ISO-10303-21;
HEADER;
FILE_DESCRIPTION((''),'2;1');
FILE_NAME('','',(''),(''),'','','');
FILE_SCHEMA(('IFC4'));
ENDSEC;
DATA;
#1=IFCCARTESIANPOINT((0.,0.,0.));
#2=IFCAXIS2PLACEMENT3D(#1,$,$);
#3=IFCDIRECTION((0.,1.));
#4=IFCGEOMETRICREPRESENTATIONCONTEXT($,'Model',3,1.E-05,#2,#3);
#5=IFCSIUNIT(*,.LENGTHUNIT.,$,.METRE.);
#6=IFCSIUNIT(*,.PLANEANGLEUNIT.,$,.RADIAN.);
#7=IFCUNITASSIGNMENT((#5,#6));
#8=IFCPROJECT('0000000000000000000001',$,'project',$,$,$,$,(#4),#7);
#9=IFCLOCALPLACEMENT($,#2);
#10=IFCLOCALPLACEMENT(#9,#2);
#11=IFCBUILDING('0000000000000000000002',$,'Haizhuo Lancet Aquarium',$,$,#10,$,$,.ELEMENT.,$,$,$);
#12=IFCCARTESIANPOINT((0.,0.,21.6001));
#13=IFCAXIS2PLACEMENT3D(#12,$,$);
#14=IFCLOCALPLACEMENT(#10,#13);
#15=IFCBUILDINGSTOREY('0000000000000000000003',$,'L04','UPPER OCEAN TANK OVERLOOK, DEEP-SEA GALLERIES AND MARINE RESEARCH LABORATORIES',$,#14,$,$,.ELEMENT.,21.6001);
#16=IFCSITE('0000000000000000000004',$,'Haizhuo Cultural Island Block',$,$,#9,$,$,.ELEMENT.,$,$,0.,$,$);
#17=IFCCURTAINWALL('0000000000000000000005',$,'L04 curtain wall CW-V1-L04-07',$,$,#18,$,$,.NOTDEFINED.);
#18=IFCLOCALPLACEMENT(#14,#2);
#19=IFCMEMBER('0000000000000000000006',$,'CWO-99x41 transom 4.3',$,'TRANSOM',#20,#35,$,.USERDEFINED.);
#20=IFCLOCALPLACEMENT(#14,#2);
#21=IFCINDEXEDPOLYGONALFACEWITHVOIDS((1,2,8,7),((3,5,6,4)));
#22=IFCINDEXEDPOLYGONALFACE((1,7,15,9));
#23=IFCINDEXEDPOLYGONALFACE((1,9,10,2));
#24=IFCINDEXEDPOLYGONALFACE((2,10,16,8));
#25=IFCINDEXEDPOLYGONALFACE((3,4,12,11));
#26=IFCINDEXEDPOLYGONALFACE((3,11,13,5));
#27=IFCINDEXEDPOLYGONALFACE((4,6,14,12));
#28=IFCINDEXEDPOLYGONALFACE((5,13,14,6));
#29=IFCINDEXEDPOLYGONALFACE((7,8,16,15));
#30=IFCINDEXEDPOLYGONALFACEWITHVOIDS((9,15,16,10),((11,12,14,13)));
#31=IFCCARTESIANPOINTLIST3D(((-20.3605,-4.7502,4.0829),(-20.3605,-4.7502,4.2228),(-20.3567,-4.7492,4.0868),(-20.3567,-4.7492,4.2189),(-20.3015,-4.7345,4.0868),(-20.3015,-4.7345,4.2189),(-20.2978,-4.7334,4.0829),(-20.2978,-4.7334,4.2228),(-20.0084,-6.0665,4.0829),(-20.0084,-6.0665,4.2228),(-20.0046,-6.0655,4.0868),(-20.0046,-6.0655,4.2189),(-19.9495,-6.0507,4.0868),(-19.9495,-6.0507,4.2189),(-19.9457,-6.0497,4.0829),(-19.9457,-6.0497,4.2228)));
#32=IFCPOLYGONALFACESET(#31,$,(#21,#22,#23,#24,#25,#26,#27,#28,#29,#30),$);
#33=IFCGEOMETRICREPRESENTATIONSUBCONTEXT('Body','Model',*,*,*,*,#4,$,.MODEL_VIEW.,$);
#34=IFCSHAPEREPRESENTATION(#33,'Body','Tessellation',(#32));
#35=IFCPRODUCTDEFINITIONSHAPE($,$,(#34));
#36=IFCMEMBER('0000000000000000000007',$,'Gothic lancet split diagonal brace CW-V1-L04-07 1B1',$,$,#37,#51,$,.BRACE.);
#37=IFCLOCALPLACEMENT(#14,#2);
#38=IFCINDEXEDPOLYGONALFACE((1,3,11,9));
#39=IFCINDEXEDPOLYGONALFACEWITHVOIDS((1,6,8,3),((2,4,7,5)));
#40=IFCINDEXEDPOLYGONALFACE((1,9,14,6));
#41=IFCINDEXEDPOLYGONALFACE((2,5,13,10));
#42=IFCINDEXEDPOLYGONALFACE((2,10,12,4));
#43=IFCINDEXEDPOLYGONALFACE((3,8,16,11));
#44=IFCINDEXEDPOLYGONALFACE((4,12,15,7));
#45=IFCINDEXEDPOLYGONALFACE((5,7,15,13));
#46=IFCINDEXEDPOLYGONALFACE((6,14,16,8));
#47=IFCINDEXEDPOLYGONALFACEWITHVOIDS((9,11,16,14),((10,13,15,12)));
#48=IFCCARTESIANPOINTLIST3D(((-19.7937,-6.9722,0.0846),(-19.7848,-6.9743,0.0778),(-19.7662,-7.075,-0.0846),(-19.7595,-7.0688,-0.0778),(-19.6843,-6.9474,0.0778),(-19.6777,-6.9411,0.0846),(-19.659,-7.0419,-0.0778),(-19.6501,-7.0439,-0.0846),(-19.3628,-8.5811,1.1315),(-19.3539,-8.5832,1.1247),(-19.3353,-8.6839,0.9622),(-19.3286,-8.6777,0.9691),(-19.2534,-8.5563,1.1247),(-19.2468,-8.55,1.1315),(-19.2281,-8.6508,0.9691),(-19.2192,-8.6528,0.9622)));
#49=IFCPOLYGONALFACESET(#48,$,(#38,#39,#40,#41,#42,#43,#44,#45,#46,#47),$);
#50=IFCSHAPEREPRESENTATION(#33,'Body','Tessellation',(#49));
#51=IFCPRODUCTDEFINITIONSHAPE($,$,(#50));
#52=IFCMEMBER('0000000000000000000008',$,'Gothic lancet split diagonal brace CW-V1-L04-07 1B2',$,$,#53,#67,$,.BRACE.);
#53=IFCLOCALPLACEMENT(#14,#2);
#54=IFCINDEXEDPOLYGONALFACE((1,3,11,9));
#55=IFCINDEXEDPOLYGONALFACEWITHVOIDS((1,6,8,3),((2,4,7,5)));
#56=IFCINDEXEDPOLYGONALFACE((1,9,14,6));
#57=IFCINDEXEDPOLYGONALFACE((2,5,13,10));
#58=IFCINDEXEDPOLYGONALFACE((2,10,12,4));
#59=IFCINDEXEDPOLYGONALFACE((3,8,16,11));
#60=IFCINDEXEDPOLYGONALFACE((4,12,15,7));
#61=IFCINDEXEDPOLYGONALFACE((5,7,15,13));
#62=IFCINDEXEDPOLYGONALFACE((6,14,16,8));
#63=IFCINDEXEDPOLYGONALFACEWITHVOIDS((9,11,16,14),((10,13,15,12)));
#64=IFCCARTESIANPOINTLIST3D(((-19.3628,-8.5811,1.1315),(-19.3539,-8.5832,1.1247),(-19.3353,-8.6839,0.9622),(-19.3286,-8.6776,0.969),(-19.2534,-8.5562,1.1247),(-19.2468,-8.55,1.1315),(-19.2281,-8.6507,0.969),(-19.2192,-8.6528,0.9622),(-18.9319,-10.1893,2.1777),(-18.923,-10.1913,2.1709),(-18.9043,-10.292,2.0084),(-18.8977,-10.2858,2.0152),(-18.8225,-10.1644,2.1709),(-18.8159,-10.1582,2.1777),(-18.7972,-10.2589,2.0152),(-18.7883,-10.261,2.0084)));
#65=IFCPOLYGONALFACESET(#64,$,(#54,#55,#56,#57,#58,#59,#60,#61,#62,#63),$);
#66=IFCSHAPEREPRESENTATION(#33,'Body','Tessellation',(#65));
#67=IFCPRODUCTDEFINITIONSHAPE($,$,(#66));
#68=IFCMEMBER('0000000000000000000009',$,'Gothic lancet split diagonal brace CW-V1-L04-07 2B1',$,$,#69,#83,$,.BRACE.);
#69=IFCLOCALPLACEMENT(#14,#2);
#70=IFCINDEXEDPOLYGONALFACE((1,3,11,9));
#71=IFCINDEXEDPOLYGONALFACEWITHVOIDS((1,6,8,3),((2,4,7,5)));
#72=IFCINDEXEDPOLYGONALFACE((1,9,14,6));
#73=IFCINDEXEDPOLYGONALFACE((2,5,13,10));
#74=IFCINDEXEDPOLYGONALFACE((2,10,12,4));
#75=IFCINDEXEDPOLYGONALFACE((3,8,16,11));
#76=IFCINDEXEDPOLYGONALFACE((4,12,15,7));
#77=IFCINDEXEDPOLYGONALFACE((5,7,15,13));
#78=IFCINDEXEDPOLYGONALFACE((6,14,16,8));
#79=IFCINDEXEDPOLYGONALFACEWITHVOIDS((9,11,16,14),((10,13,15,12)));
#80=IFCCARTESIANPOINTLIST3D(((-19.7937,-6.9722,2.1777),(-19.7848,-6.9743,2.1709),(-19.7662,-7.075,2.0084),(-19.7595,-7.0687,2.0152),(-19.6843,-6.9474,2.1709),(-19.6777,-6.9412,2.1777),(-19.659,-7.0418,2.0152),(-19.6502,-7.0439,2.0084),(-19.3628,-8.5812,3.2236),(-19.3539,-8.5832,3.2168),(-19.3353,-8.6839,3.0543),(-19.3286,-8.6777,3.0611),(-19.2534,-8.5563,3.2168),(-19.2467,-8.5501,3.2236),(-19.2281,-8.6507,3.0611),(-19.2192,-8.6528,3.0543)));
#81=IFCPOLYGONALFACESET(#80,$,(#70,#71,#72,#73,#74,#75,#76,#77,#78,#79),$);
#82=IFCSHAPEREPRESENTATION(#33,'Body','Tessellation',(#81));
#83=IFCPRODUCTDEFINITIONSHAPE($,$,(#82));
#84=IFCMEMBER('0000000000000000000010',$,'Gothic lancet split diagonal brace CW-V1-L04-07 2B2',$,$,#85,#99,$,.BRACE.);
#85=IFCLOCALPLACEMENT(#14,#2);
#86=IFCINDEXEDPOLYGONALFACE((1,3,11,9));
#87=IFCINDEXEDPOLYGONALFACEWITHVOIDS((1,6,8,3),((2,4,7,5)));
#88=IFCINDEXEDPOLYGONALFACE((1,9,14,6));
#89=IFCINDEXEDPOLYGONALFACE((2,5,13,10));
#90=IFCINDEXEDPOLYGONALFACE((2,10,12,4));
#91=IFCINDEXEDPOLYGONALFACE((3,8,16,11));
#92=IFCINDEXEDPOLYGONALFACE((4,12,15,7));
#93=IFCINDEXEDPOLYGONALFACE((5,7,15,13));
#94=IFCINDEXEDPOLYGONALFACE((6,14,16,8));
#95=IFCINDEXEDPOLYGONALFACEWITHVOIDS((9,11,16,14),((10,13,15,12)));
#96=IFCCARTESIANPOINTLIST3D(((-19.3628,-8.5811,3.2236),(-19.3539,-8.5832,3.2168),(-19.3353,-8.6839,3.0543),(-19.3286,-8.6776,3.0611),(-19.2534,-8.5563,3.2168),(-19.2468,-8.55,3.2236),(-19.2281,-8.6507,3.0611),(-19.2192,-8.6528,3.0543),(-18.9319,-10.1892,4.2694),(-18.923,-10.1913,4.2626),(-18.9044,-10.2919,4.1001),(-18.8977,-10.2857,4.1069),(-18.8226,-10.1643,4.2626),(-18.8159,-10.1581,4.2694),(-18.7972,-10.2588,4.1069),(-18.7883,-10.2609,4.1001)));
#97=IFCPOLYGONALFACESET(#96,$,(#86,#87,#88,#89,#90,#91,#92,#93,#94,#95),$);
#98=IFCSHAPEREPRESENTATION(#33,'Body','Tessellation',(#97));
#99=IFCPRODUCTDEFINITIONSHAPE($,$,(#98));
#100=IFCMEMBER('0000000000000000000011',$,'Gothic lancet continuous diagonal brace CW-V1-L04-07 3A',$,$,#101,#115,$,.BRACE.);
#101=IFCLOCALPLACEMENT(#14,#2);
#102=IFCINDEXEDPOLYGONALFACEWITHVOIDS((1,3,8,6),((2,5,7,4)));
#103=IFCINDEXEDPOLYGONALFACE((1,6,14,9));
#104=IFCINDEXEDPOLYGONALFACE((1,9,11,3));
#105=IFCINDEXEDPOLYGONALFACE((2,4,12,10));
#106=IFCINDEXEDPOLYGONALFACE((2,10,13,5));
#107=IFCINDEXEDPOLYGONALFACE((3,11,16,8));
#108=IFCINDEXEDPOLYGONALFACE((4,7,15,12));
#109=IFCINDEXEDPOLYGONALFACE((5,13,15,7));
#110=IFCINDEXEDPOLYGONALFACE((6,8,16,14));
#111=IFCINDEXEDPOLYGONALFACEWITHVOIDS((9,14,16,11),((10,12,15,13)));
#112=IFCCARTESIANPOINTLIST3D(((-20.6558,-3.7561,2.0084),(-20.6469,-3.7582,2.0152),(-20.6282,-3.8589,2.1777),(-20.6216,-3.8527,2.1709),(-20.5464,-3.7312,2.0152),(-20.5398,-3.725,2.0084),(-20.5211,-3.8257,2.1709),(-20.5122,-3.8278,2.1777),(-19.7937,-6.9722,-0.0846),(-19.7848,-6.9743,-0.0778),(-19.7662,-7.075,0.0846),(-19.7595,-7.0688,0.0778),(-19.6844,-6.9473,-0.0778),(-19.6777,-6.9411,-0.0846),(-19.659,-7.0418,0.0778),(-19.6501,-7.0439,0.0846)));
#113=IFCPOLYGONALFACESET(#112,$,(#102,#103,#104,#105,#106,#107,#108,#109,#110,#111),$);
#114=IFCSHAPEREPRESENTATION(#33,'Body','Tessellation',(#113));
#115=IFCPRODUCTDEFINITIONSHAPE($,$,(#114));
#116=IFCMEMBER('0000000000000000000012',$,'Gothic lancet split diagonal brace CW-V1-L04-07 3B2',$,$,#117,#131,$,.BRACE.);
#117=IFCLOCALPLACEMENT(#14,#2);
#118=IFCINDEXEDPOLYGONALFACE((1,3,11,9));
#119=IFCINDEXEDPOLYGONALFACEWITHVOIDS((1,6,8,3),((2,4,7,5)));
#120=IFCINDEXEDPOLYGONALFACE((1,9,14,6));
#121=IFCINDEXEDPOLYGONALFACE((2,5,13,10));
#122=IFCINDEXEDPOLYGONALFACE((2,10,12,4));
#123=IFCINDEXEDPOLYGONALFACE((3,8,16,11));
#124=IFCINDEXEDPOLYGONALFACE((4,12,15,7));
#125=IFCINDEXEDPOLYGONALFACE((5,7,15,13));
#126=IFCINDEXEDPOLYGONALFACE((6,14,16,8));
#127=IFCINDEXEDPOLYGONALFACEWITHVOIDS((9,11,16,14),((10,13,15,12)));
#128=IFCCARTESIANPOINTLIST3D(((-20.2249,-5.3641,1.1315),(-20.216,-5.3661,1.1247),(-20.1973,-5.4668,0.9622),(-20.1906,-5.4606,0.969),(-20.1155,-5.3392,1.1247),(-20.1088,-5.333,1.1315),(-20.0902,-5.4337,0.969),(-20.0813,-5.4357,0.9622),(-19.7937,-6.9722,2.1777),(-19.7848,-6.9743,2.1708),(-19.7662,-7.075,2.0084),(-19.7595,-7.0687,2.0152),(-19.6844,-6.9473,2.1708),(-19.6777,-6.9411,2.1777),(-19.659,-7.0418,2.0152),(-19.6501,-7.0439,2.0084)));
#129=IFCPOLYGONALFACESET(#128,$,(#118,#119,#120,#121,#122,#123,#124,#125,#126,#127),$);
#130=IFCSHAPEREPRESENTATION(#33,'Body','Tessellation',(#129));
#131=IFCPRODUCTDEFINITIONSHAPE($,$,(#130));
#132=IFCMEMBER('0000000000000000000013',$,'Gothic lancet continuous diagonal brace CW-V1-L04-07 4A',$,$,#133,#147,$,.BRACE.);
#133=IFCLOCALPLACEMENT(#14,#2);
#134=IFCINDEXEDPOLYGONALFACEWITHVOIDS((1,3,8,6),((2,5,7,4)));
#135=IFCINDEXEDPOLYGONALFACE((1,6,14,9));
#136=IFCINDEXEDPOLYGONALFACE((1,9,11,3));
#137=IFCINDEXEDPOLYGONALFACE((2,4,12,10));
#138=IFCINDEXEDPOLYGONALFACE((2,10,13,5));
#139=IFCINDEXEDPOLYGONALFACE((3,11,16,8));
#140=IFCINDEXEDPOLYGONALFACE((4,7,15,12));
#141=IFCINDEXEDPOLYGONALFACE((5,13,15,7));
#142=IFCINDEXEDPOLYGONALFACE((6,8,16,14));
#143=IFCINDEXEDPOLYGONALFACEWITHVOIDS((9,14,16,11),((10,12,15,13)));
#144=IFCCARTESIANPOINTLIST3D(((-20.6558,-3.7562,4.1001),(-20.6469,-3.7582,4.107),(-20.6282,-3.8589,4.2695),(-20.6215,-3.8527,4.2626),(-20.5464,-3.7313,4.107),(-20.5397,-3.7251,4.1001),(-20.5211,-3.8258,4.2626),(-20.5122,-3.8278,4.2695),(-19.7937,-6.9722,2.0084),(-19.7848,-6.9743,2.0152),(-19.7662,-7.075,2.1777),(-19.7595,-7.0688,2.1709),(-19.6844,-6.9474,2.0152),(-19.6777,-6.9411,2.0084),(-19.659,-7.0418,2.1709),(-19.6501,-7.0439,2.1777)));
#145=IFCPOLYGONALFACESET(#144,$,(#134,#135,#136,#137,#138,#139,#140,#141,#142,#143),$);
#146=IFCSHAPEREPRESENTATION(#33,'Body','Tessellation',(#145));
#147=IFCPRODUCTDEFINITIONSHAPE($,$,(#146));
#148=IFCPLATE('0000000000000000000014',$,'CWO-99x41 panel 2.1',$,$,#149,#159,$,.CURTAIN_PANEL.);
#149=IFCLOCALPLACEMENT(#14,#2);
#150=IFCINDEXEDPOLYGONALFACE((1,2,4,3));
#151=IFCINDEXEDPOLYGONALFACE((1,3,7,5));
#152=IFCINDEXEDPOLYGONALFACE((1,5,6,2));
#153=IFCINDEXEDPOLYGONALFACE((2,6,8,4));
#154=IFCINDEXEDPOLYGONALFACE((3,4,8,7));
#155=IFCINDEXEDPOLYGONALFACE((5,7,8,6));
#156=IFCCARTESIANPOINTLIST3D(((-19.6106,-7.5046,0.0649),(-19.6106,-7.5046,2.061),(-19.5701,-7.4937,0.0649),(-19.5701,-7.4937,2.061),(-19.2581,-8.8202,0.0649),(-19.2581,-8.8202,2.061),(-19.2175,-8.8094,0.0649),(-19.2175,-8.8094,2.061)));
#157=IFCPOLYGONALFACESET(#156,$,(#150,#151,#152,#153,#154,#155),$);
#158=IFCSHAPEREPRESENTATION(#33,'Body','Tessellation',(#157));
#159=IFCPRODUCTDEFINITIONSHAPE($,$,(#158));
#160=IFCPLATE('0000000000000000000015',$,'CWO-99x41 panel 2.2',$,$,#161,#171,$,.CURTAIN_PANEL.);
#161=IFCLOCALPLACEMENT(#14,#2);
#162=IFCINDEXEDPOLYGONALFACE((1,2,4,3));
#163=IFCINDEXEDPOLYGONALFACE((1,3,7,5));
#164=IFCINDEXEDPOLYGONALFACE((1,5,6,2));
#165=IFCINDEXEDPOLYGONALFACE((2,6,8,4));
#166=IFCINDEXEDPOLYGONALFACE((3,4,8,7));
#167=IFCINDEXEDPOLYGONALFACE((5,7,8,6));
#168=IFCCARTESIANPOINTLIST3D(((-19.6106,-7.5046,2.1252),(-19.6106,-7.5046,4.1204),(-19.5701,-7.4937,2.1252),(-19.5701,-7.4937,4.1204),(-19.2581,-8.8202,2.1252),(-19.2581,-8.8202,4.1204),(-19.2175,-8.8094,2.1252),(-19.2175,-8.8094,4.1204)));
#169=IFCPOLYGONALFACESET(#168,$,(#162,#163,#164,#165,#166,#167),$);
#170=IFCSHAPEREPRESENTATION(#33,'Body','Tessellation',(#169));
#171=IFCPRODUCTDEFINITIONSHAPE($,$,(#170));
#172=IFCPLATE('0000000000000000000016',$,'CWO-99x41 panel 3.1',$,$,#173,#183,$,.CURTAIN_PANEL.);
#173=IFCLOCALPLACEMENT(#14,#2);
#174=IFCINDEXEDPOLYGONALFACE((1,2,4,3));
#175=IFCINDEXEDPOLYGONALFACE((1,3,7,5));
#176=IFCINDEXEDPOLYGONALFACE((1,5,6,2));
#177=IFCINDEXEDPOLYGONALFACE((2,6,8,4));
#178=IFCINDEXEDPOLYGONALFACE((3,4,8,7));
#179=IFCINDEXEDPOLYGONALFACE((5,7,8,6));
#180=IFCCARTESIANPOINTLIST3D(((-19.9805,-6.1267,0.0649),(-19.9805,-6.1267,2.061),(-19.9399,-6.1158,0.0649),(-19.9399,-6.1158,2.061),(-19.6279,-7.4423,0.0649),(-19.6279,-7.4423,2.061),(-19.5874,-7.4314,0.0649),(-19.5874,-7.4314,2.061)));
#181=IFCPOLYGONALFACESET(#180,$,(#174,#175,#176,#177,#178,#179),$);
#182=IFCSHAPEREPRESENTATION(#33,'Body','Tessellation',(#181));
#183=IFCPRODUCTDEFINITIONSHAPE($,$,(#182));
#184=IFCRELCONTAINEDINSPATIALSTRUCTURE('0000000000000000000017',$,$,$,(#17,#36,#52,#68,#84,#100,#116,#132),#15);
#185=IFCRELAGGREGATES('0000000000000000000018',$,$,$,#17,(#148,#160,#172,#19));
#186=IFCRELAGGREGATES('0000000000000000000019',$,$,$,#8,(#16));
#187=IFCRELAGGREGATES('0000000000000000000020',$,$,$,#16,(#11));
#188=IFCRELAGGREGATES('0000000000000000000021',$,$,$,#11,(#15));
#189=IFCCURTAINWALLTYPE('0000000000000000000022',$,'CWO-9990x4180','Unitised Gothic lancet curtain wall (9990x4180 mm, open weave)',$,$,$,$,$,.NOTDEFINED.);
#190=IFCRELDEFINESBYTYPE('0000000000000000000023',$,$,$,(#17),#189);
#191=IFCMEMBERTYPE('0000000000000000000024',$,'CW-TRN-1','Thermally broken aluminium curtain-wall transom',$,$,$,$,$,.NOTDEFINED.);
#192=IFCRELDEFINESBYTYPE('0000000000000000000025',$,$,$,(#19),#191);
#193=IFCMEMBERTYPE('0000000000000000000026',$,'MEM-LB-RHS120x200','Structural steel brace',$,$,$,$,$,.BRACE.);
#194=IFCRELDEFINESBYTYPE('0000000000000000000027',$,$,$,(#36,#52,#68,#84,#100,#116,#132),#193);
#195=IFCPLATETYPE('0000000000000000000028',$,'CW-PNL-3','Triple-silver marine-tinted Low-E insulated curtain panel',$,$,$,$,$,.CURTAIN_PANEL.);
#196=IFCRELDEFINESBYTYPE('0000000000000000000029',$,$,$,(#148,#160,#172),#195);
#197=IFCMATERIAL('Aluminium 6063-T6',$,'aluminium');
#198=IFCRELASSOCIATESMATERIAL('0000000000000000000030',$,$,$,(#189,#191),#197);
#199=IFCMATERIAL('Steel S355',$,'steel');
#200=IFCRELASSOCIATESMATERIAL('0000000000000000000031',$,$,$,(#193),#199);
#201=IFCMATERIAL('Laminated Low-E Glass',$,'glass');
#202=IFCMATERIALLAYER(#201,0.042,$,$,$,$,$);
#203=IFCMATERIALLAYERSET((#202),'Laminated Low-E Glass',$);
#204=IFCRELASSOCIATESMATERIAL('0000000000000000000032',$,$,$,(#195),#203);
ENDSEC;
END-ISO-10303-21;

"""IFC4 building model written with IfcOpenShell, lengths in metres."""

from ifc_helpers import new_model, si_unit, direction, frame, origin, origin_2d, place, context, subcontext, project, spatial, rectangle, hollow_rectangle, extrude, material, layer, layer_set, material_profile, profile_set, type_object, element, aggregate, save


model = new_model("IFC4")

# Units and contexts
model_context = context("Model", 3, precision=1e-05, world=origin(), true_north=direction((0.0, 1.0)))
body_context = subcontext(model_context, "Body", "Model", "MODEL_VIEW")
ifc_project = project(units=[si_unit("LENGTHUNIT", "METRE"), si_unit("PLANEANGLEUNIT", "RADIAN")], contexts=[model_context])

# Site, building, storey
site_placement = place(None, origin())
site = spatial("IfcSite", under=ifc_project, at=site_placement, Name="Haizhuo Cultural Island Block", CompositionType="ELEMENT", RefElevation=0.0)
building_placement = place(site_placement, origin())
building = spatial("IfcBuilding", under=site, at=building_placement, Name="Haizhuo Lancet Aquarium", CompositionType="ELEMENT")
storey_placement = place(building_placement, frame((0.0, 0.0, 21.6001)))
storey = spatial("IfcBuildingStorey", under=building, at=storey_placement, Name="L04", Description="UPPER OCEAN TANK OVERLOOK, DEEP-SEA GALLERIES AND MARINE RESEARCH LABORATORIES", CompositionType="ELEMENT", Elevation=21.6001)

# Curtain wall, member
ifc_material_1 = material(Name="Aluminium 6063-T6", Category="aluminium")
curtain_wall_type = type_object("IfcCurtainWallType", Name="CWO-9990x4180", Description="Unitised Gothic lancet curtain wall (9990x4180 mm, open weave)", PredefinedType="NOTDEFINED", material=ifc_material_1)
curtain_wall_placement = place(storey_placement, origin())
curtain_wall = element("IfcCurtainWall", 1, at=curtain_wall_placement, inside=storey, type_object=curtain_wall_type, Name="L04 curtain wall CW-V1-L04-07", PredefinedType="NOTDEFINED")
ifc_material_profile_1 = material_profile(ifc_material_1, hollow_rectangle(XDim=0.0649, YDim=0.1399, WallThickness=0.0039, at=origin_2d()), Name="ALU-T 65x140x4")
ifc_profile_set_1 = profile_set([ifc_material_profile_1], Name="Aluminium 6063-T6")
member_type_1 = type_object("IfcMemberType", Name="CW-TRN-1", Description="Thermally broken aluminium curtain-wall transom", PredefinedType="NOTDEFINED", material=ifc_profile_set_1)
member_1_placement = place(storey_placement, frame((-19.9771, -6.0581, 4.1528), z_axis=(-0.258399, 0.966038, 0.0), x_axis=(-0.966038, -0.258399, 0.0)))
member_1 = element("IfcMember", 2, at=member_1_placement, type_object=member_type_1, Name="CWO-99x41 transom 4.3", ObjectType="TRANSOM", PredefinedType="USERDEFINED", context=body_context, shape_type="SweptSolid", body=[
    extrude(hollow_rectangle(XDim=0.0649, YDim=0.1399, WallThickness=0.0039, at=origin_2d()), origin(), (0.0, 0.0, 1.0), 1.3625),
])

# Members
ifc_material_2 = material(Name="Steel S355", Category="steel")
ifc_material_profile_2 = material_profile(ifc_material_2, hollow_rectangle(XDim=0.1201, YDim=0.2, WallThickness=0.0081, at=origin_2d()), Name="RHS 120x200x8")
ifc_profile_set_2 = profile_set([ifc_material_profile_2], Name="Steel S355")
member_type_2 = type_object("IfcMemberType", Name="MEM-LB-RHS120x200", Description="Structural steel brace", PredefinedType="BRACE", material=ifc_profile_set_2)
member_2_placement = place(storey_placement, frame((-19.7219, -7.0081, 0.0), z_axis=(0.219039, -0.817828, 0.532146), x_axis=(0.965955, 0.258712, 0.0)))
element("IfcMember", 3, at=member_2_placement, inside=storey, type_object=member_type_2, Name="Gothic lancet split diagonal brace CW-V1-L04-07 1B1", PredefinedType="BRACE", context=body_context, shape_type="SweptSolid", body=[
    extrude(hollow_rectangle(XDim=0.1201, YDim=0.2, WallThickness=0.0081, at=origin_2d()), origin(), (0.0, 0.0, 1.0), 1.9673),
])
member_3_placement = place(storey_placement, frame((-19.291, -8.6169, 1.0469), z_axis=(0.219149, -0.817866, 0.532042), x_axis=(0.965925, 0.258822, 0.0)))
element("IfcMember", 4, at=member_3_placement, inside=storey, type_object=member_type_2, Name="Gothic lancet split diagonal brace CW-V1-L04-07 1B2", PredefinedType="BRACE", context=body_context, shape_type="SweptSolid", body=[
    extrude(hollow_rectangle(XDim=0.1201, YDim=0.2, WallThickness=0.0081, at=origin_2d()), origin(), (0.0, 0.0, 1.0), 1.9663),
])
member_4_placement = place(storey_placement, frame((-19.7219, -7.0081, 2.093), z_axis=(0.219097, -0.818044, 0.53179), x_axis=(0.965955, 0.258712, 0.0)))
element("IfcMember", 5, at=member_4_placement, inside=storey, type_object=member_type_2, Name="Gothic lancet split diagonal brace CW-V1-L04-07 2B1", PredefinedType="BRACE", context=body_context, shape_type="SweptSolid", body=[
    extrude(hollow_rectangle(XDim=0.1201, YDim=0.2, WallThickness=0.0081, at=origin_2d()), origin(), (0.0, 0.0, 1.0), 1.9668),
])
member_5_placement = place(storey_placement, frame((-19.291, -8.6169, 3.1389), z_axis=(0.219163, -0.81792, 0.531953), x_axis=(0.965925, 0.258822, 0.0)))
element("IfcMember", 6, at=member_5_placement, inside=storey, type_object=member_type_2, Name="Gothic lancet split diagonal brace CW-V1-L04-07 2B2", PredefinedType="BRACE", context=body_context, shape_type="SweptSolid", body=[
    extrude(hollow_rectangle(XDim=0.1201, YDim=0.2, WallThickness=0.0081, at=origin_2d()), origin(), (0.0, 0.0, 1.0), 1.9661),
])
member_6_placement = place(storey_placement, frame((-19.7219, -7.0081, 0.0), z_axis=(-0.219197, 0.817754, 0.532195), x_axis=(-0.965902, -0.258908, 0.0)))
element("IfcMember", 7, at=member_6_placement, inside=storey, type_object=member_type_2, Name="Gothic lancet continuous diagonal brace CW-V1-L04-07 3A", PredefinedType="BRACE", context=body_context, shape_type="SweptSolid", body=[
    extrude(hollow_rectangle(XDim=0.1201, YDim=0.2, WallThickness=0.0081, at=origin_2d()), origin(), (0.0, 0.0, 1.0), 3.9329),
])
member_7_placement = place(storey_placement, frame((-20.1531, -5.3999, 1.0469), z_axis=(0.219267, -0.817844, 0.532027), x_axis=(0.965888, 0.258958, 0.0)))
element("IfcMember", 8, at=member_7_placement, inside=storey, type_object=member_type_2, Name="Gothic lancet split diagonal brace CW-V1-L04-07 3B2", PredefinedType="BRACE", context=body_context, shape_type="SweptSolid", body=[
    extrude(hollow_rectangle(XDim=0.1201, YDim=0.2, WallThickness=0.0081, at=origin_2d()), origin(), (0.0, 0.0, 1.0), 1.9663),
])
member_8_placement = place(storey_placement, frame((-19.7219, -7.0081, 2.093), z_axis=(-0.219234, 0.817889, 0.531972), x_axis=(-0.965902, -0.258908, 0.0)))
element("IfcMember", 9, at=member_8_placement, inside=storey, type_object=member_type_2, Name="Gothic lancet continuous diagonal brace CW-V1-L04-07 4A", PredefinedType="BRACE", context=body_context, shape_type="SweptSolid", body=[
    extrude(hollow_rectangle(XDim=0.1201, YDim=0.2, WallThickness=0.0081, at=origin_2d()), origin(), (0.0, 0.0, 1.0), 3.9321),
])

# Plates
ifc_material_3 = material(Name="Laminated Low-E Glass", Category="glass")
ifc_layer = layer(ifc_material_3, 0.042)
ifc_layer_set = layer_set([ifc_layer], Name="Laminated Low-E Glass")
plate_type = type_object("IfcPlateType", Name="CW-PNL-3", Description="Triple-silver marine-tinted Low-E insulated curtain panel", PredefinedType="CURTAIN_PANEL", material=ifc_layer_set)
plate_1_placement = place(storey_placement, frame((-19.4141, -8.157, 0.0649), z_axis=(0.0, 0.0, 1.0), x_axis=(-0.258853, 0.965917, 0.0)))
plate_1 = element("IfcPlate", 10, at=plate_1_placement, type_object=plate_type, Name="CWO-99x41 panel 2.1", PredefinedType="CURTAIN_PANEL", context=body_context, shape_type="SweptSolid", body=[
    extrude(rectangle(XDim=1.3621, YDim=0.042, at=origin_2d()), origin(), (0.0, 0.0, 1.0), 1.9961),
])
plate_2_placement = place(storey_placement, frame((-19.4141, -8.157, 2.1252), z_axis=(0.0, 0.0, 1.0), x_axis=(-0.258853, 0.965917, 0.0)))
plate_2 = element("IfcPlate", 11, at=plate_2_placement, type_object=plate_type, Name="CWO-99x41 panel 2.2", PredefinedType="CURTAIN_PANEL", context=body_context, shape_type="SweptSolid", body=[
    extrude(rectangle(XDim=1.3621, YDim=0.042, at=origin_2d()), origin(), (0.0, 0.0, 1.0), 1.9951),
])
plate_3_placement = place(storey_placement, frame((-19.7839, -6.7791, 0.0649), z_axis=(0.0, 0.0, 1.0), x_axis=(-0.258853, 0.965917, 0.0)))
plate_3 = element("IfcPlate", 12, at=plate_3_placement, type_object=plate_type, Name="CWO-99x41 panel 3.1", PredefinedType="CURTAIN_PANEL", context=body_context, shape_type="SweptSolid", body=[
    extrude(rectangle(XDim=1.3621, YDim=0.042, at=origin_2d()), origin(), (0.0, 0.0, 1.0), 1.9961),
])
aggregate(curtain_wall, [plate_1, plate_2, plate_3, member_1])

save(model, "model.ifc")
